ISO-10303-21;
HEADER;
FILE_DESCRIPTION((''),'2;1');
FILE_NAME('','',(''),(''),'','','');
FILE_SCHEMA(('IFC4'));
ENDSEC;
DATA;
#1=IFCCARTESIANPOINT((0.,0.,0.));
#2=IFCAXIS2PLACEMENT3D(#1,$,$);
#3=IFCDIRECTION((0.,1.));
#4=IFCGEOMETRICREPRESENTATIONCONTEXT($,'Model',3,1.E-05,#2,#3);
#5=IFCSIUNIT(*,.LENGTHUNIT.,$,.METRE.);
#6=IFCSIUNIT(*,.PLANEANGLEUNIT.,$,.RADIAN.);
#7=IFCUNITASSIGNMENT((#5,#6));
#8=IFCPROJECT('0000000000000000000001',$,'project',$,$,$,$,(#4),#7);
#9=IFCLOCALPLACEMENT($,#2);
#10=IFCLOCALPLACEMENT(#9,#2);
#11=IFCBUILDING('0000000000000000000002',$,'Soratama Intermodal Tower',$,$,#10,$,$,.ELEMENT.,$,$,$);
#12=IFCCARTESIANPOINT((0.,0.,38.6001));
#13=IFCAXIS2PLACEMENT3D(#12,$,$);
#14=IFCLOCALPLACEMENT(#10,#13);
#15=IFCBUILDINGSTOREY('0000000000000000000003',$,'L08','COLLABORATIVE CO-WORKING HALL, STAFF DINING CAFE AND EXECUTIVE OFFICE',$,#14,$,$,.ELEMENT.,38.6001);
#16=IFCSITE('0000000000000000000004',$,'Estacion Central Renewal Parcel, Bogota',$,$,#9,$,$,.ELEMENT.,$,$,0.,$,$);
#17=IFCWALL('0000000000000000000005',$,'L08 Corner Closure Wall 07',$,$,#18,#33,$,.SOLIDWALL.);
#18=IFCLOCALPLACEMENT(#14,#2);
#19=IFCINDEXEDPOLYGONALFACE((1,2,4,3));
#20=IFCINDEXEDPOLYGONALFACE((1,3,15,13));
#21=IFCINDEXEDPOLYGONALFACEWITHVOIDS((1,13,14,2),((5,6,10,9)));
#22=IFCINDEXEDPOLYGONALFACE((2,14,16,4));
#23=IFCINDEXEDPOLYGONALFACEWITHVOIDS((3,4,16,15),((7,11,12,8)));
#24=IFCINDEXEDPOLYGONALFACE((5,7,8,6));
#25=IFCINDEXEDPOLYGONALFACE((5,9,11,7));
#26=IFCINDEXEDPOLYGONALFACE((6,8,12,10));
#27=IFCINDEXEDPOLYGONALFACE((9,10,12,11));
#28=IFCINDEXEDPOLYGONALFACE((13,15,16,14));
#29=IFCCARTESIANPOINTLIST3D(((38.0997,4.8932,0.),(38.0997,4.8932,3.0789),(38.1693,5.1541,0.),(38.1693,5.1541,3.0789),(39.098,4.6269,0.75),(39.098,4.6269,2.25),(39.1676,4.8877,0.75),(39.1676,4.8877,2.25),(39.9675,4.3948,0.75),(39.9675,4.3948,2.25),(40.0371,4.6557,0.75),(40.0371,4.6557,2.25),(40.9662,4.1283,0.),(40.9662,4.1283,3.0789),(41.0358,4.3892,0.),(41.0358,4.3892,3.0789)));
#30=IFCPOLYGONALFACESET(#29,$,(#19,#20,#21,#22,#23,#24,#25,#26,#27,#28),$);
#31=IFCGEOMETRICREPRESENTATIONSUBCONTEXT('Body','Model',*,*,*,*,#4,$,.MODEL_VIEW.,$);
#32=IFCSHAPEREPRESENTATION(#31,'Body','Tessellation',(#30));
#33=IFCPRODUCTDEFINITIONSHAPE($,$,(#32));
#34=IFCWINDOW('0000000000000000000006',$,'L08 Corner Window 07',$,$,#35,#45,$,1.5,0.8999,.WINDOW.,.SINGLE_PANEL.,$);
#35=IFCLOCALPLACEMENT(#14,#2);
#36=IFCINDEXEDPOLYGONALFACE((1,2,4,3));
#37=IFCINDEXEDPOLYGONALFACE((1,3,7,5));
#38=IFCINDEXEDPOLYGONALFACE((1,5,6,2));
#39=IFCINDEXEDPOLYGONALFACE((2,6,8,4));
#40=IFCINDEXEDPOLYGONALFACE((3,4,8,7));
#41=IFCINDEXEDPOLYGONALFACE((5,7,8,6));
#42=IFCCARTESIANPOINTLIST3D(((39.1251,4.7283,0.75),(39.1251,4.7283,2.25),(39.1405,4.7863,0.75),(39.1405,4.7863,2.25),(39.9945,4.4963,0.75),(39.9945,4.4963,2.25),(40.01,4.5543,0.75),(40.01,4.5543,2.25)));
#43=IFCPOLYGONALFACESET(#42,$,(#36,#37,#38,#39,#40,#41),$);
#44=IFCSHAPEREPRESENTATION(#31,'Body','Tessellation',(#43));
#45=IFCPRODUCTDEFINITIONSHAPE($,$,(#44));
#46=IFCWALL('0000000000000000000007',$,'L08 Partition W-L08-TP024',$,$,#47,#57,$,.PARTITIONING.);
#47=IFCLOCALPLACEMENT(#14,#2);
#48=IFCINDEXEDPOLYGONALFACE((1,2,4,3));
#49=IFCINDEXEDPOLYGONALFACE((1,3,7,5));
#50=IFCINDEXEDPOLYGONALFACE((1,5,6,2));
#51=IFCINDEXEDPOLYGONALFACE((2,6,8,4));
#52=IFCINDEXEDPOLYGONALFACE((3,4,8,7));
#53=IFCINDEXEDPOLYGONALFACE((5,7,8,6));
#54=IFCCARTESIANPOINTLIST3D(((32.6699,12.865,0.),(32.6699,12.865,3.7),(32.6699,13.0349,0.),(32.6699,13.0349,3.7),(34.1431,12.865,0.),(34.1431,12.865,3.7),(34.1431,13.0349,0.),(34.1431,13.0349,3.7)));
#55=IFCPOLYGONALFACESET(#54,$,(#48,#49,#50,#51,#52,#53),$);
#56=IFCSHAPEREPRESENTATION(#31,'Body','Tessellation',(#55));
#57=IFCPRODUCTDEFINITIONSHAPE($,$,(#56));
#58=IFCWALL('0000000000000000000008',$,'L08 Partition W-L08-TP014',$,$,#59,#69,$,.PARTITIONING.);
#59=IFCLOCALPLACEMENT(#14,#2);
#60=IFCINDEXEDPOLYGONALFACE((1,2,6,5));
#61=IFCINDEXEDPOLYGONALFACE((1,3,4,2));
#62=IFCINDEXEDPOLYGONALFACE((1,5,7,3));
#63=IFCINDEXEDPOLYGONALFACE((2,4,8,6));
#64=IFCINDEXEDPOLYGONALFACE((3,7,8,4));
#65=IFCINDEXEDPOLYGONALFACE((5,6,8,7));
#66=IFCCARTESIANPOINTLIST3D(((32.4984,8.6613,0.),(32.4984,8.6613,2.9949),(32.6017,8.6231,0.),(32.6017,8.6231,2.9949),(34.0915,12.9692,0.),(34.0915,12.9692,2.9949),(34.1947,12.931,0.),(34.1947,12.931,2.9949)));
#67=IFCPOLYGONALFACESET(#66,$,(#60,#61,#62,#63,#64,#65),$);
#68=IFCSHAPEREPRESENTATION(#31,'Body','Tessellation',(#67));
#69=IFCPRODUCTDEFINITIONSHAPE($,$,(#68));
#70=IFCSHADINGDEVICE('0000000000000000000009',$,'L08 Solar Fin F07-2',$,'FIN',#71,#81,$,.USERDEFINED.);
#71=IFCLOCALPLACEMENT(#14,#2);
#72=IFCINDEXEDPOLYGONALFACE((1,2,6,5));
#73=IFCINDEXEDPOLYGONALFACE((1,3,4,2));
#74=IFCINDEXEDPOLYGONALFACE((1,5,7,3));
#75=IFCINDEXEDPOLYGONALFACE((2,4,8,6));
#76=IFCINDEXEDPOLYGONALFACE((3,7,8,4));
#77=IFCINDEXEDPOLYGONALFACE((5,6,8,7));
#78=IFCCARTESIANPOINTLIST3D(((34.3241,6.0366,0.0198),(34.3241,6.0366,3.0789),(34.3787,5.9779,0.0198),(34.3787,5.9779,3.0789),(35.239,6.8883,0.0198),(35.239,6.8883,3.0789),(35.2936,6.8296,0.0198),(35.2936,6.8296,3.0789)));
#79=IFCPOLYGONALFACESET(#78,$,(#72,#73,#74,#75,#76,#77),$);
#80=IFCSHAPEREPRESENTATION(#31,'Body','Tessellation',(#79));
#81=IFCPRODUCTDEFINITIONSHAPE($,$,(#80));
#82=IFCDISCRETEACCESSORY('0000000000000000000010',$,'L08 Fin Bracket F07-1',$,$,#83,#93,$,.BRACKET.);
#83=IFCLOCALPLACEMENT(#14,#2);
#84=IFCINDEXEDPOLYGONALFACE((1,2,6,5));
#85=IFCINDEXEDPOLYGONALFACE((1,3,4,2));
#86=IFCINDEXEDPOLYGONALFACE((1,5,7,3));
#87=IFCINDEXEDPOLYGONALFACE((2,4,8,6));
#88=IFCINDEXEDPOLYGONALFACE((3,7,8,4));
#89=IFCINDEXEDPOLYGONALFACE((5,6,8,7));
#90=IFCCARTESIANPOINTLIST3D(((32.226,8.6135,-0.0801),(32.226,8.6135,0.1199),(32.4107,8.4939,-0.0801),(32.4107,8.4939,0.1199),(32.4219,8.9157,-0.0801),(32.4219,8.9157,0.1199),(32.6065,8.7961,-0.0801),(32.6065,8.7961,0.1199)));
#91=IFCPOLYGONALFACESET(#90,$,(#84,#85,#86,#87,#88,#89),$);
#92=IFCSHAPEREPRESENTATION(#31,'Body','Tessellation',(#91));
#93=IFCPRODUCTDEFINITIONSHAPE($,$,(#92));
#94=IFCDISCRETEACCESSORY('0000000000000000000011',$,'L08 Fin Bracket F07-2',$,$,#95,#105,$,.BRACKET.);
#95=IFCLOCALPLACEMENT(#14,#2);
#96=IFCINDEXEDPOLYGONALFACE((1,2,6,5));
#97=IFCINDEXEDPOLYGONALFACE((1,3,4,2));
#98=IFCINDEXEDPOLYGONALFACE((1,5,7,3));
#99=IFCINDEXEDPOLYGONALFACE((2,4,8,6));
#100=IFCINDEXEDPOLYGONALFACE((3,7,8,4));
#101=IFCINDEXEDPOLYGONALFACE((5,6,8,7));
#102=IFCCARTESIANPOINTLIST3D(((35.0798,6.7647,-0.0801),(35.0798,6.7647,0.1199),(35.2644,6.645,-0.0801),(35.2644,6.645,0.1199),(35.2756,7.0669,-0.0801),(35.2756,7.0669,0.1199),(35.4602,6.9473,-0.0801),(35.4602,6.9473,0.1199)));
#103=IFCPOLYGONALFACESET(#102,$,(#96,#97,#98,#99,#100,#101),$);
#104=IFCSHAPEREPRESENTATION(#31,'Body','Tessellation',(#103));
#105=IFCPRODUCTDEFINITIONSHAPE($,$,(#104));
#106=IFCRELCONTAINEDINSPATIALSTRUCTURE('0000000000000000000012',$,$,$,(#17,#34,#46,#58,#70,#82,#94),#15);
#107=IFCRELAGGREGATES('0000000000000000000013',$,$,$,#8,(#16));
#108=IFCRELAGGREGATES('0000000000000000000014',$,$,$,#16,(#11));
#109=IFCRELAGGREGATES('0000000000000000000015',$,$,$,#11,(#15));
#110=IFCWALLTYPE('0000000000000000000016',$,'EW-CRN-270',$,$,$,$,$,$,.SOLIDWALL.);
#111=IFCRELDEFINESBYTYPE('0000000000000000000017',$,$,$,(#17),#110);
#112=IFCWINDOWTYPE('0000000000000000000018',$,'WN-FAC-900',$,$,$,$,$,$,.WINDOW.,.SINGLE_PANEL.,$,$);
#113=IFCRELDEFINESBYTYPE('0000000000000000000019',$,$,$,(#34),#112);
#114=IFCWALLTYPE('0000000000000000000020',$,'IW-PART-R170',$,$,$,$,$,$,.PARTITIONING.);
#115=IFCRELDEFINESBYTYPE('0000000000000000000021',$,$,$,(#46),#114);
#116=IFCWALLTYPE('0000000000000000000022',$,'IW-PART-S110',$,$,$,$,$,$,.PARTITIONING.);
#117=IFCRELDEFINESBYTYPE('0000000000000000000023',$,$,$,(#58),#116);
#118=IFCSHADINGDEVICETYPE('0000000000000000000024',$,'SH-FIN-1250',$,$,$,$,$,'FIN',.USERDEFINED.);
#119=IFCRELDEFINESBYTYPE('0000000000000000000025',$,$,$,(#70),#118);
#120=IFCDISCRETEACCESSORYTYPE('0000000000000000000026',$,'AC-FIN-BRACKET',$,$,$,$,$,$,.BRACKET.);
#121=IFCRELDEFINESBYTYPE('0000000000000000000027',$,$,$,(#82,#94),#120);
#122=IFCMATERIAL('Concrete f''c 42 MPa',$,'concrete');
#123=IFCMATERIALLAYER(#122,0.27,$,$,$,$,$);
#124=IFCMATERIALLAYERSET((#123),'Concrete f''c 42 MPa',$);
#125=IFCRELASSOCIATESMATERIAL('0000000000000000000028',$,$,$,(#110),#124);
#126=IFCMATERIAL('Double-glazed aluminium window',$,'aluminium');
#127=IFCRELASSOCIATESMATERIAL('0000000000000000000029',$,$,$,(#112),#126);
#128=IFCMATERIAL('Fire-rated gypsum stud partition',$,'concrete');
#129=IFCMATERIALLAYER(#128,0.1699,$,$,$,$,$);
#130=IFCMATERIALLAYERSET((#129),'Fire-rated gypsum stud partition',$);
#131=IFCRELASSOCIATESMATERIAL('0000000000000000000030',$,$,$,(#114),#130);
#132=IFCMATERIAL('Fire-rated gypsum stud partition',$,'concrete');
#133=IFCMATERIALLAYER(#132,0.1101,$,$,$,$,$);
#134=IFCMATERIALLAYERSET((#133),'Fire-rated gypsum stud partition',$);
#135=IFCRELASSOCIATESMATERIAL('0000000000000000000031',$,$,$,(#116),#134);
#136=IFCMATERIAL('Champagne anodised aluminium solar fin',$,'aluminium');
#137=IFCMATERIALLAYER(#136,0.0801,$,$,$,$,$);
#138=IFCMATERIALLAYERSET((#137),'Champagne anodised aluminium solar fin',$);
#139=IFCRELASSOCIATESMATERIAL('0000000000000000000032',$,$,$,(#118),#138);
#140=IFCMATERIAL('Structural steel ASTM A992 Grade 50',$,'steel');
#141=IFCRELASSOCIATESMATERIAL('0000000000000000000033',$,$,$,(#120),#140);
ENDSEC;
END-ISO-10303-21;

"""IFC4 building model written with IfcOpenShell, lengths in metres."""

from ifc_helpers import new_model, si_unit, direction, frame, frame_2d, origin, origin_2d, place, context, subcontext, project, spatial, rectangle, extrude, material, layer, layer_set, type_object, element, fill, save


model = new_model("IFC4")

# Units and contexts
model_context = context("Model", 3, precision=1e-05, world=origin(), true_north=direction((0.0, 1.0)))
body_context = subcontext(model_context, "Body", "Model", "MODEL_VIEW")
ifc_project = project(units=[si_unit("LENGTHUNIT", "METRE"), si_unit("PLANEANGLEUNIT", "RADIAN")], contexts=[model_context])

# Site, building, storey
site_placement = place(None, origin())
site = spatial("IfcSite", under=ifc_project, at=site_placement, Name="Estacion Central Renewal Parcel, Bogota", CompositionType="ELEMENT", RefElevation=0.0)
building_placement = place(site_placement, origin())
building = spatial("IfcBuilding", under=site, at=building_placement, Name="Soratama Intermodal Tower", CompositionType="ELEMENT")
storey_placement = place(building_placement, frame((0.0, 0.0, 38.6001)))
storey = spatial("IfcBuildingStorey", under=building, at=storey_placement, Name="L08", Description="COLLABORATIVE CO-WORKING HALL, STAFF DINING CAFE AND EXECUTIVE OFFICE", CompositionType="ELEMENT", Elevation=38.6001)

# Wall, opening, window
ifc_material_1 = material(Name="Concrete f'c 42 MPa", Category="concrete")
ifc_layer_1 = layer(ifc_material_1, 0.27)
ifc_layer_set_1 = layer_set([ifc_layer_1], Name="Concrete f'c 42 MPa")
wall_type_1 = type_object("IfcWallType", Name="EW-CRN-270", PredefinedType="SOLIDWALL", material=ifc_layer_set_1)
wall_1_placement = place(storey_placement, frame((38.1345, 5.0237, 0.0), z_axis=(0.0, 0.0, 1.0), x_axis=(0.966193, -0.257821, 0.0)))
wall_1 = element("IfcWall", 1, at=wall_1_placement, inside=storey, type_object=wall_type_1, Name="L08 Corner Closure Wall 07", PredefinedType="SOLIDWALL", context=body_context, shape_type="SweptSolid", body=[
    extrude(rectangle(XDim=2.9668, YDim=0.27, at=frame_2d((1.4834, 0.0))), origin(), (0.0, 0.0, 1.0), 3.0789),
])
opening_1_placement = place(wall_1_placement, frame((1.0332, 0.0, 0.75)))
opening_1 = element("IfcOpeningElement", 2, at=opening_1_placement, cuts=wall_1, PredefinedType="OPENING", context=body_context, shape_type="SweptSolid", body=[
    extrude(rectangle(XDim=0.8999, YDim=1.5, at=frame_2d((0.45, 0.75))), frame((0.0, 0.145, 0.0), z_axis=(0.0, -1.0, 0.0), x_axis=(1.0, 0.0, 0.0)), (0.0, 0.0, 1.0), 0.29),
])
ifc_material_2 = material(Name="Double-glazed aluminium window", Category="aluminium")
window_type = type_object("IfcWindowType", Name="WN-FAC-900", PartitioningType="SINGLE_PANEL", PredefinedType="WINDOW", material=ifc_material_2)
window_placement = place(opening_1_placement, origin())
window = element("IfcWindow", 3, at=window_placement, inside=storey, type_object=window_type, Name="L08 Corner Window 07", OverallHeight=1.5, OverallWidth=0.8999, PartitioningType="SINGLE_PANEL", PredefinedType="WINDOW", context=body_context, shape_type="SweptSolid", body=[
    extrude(rectangle(XDim=0.8999, YDim=1.5, at=frame_2d((0.45, 0.75))), frame((0.0, 0.03, 0.0), z_axis=(0.0, -1.0, 0.0), x_axis=(1.0, 0.0, 0.0)), (0.0, 0.0, 1.0), 0.0601),
])
fill(opening_1, window)

# Shared definitions
ifc_material_3 = material(Name="Fire-rated gypsum stud partition", Category="concrete")
ifc_layer_2 = layer(ifc_material_3, 0.1699)
ifc_layer_set_2 = layer_set([ifc_layer_2], Name="Fire-rated gypsum stud partition")
wall_type_2 = type_object("IfcWallType", Name="IW-PART-R170", PredefinedType="PARTITIONING", material=ifc_layer_set_2)

# Walls
wall_2_placement = place(storey_placement, frame((34.1431, 12.95, 0.0), z_axis=(0.0, 0.0, 1.0), x_axis=(-1.0, 0.0, 0.0)))
element("IfcWall", 4, at=wall_2_placement, inside=storey, type_object=wall_type_2, Name="L08 Partition W-L08-TP024", PredefinedType="PARTITIONING", context=body_context, shape_type="SweptSolid", body=[
    extrude(rectangle(XDim=1.4731, YDim=0.1699, at=frame_2d((0.7366, 0.0))), origin(), (0.0, 0.0, 1.0), 3.7),
])
ifc_material_4 = material(Name="Fire-rated gypsum stud partition", Category="concrete")
ifc_layer_3 = layer(ifc_material_4, 0.1101)
ifc_layer_set_3 = layer_set([ifc_layer_3], Name="Fire-rated gypsum stud partition")
wall_type_3 = type_object("IfcWallType", Name="IW-PART-S110", PredefinedType="PARTITIONING", material=ifc_layer_set_3)
wall_3_placement = place(storey_placement, frame((34.1431, 12.95, 0.0), z_axis=(0.0, 0.0, 1.0), x_axis=(-0.346838, -0.937925, 0.0)))
element("IfcWall", 5, at=wall_3_placement, inside=storey, type_object=wall_type_3, Name="L08 Partition W-L08-TP014", PredefinedType="PARTITIONING", context=body_context, shape_type="SweptSolid", body=[
    extrude(rectangle(XDim=4.593, YDim=0.1101, at=frame_2d((2.2964, 0.0))), origin(), (0.0, 0.0, 1.0), 2.9949),
])

# Shading device
ifc_material_5 = material(Name="Champagne anodised aluminium solar fin", Category="aluminium")
ifc_layer_4 = layer(ifc_material_5, 0.0801)
ifc_layer_set_4 = layer_set([ifc_layer_4], Name="Champagne anodised aluminium solar fin")
shading_device_type = type_object("IfcShadingDeviceType", Name="SH-FIN-1250", ElementType="FIN", PredefinedType="USERDEFINED", material=ifc_layer_set_4)
shading_device_placement = place(storey_placement, frame((34.8088, 6.4331, 0.0198), z_axis=(0.0, 0.0, 1.0), x_axis=(-0.731949, -0.68136, 0.0)))
element("IfcShadingDevice", 6, at=shading_device_placement, inside=storey, type_object=shading_device_type, Name="L08 Solar Fin F07-2", ObjectType="FIN", PredefinedType="USERDEFINED", context=body_context, shape_type="SweptSolid", body=[
    extrude(rectangle(XDim=1.25, YDim=0.0801, at=origin_2d()), origin(), (0.0, 0.0, 1.0), 3.0591),
])

# Discrete accessories
ifc_material_6 = material(Name="Structural steel ASTM A992 Grade 50", Category="steel")
discrete_accessory_type = type_object("IfcDiscreteAccessoryType", Name="AC-FIN-BRACKET", PredefinedType="BRACKET", material=ifc_material_6)
for number, where, z_axis, x_axis, name in (
    (7, (32.4163, 8.7048, -0.0801), (0.0, 0.0, 1.0), (-0.54376, -0.83924, 0.0), "L08 Fin Bracket F07-1"),
    (8, (35.27, 6.856, -0.0801), (0.0, 0.0, 1.0), (-0.54376, -0.83924, 0.0), "L08 Fin Bracket F07-2"),
):
    element("IfcDiscreteAccessory", number, at=place(storey_placement, frame(where, z_axis=z_axis, x_axis=x_axis)), inside=storey, type_object=discrete_accessory_type, Name=name, PredefinedType="BRACKET", context=body_context, shape_type="SweptSolid", body=[
        extrude(rectangle(XDim=0.3601, YDim=0.22, at=origin_2d()), origin(), (0.0, 0.0, 1.0), 0.2),
    ])

save(model, "model.ifc")
